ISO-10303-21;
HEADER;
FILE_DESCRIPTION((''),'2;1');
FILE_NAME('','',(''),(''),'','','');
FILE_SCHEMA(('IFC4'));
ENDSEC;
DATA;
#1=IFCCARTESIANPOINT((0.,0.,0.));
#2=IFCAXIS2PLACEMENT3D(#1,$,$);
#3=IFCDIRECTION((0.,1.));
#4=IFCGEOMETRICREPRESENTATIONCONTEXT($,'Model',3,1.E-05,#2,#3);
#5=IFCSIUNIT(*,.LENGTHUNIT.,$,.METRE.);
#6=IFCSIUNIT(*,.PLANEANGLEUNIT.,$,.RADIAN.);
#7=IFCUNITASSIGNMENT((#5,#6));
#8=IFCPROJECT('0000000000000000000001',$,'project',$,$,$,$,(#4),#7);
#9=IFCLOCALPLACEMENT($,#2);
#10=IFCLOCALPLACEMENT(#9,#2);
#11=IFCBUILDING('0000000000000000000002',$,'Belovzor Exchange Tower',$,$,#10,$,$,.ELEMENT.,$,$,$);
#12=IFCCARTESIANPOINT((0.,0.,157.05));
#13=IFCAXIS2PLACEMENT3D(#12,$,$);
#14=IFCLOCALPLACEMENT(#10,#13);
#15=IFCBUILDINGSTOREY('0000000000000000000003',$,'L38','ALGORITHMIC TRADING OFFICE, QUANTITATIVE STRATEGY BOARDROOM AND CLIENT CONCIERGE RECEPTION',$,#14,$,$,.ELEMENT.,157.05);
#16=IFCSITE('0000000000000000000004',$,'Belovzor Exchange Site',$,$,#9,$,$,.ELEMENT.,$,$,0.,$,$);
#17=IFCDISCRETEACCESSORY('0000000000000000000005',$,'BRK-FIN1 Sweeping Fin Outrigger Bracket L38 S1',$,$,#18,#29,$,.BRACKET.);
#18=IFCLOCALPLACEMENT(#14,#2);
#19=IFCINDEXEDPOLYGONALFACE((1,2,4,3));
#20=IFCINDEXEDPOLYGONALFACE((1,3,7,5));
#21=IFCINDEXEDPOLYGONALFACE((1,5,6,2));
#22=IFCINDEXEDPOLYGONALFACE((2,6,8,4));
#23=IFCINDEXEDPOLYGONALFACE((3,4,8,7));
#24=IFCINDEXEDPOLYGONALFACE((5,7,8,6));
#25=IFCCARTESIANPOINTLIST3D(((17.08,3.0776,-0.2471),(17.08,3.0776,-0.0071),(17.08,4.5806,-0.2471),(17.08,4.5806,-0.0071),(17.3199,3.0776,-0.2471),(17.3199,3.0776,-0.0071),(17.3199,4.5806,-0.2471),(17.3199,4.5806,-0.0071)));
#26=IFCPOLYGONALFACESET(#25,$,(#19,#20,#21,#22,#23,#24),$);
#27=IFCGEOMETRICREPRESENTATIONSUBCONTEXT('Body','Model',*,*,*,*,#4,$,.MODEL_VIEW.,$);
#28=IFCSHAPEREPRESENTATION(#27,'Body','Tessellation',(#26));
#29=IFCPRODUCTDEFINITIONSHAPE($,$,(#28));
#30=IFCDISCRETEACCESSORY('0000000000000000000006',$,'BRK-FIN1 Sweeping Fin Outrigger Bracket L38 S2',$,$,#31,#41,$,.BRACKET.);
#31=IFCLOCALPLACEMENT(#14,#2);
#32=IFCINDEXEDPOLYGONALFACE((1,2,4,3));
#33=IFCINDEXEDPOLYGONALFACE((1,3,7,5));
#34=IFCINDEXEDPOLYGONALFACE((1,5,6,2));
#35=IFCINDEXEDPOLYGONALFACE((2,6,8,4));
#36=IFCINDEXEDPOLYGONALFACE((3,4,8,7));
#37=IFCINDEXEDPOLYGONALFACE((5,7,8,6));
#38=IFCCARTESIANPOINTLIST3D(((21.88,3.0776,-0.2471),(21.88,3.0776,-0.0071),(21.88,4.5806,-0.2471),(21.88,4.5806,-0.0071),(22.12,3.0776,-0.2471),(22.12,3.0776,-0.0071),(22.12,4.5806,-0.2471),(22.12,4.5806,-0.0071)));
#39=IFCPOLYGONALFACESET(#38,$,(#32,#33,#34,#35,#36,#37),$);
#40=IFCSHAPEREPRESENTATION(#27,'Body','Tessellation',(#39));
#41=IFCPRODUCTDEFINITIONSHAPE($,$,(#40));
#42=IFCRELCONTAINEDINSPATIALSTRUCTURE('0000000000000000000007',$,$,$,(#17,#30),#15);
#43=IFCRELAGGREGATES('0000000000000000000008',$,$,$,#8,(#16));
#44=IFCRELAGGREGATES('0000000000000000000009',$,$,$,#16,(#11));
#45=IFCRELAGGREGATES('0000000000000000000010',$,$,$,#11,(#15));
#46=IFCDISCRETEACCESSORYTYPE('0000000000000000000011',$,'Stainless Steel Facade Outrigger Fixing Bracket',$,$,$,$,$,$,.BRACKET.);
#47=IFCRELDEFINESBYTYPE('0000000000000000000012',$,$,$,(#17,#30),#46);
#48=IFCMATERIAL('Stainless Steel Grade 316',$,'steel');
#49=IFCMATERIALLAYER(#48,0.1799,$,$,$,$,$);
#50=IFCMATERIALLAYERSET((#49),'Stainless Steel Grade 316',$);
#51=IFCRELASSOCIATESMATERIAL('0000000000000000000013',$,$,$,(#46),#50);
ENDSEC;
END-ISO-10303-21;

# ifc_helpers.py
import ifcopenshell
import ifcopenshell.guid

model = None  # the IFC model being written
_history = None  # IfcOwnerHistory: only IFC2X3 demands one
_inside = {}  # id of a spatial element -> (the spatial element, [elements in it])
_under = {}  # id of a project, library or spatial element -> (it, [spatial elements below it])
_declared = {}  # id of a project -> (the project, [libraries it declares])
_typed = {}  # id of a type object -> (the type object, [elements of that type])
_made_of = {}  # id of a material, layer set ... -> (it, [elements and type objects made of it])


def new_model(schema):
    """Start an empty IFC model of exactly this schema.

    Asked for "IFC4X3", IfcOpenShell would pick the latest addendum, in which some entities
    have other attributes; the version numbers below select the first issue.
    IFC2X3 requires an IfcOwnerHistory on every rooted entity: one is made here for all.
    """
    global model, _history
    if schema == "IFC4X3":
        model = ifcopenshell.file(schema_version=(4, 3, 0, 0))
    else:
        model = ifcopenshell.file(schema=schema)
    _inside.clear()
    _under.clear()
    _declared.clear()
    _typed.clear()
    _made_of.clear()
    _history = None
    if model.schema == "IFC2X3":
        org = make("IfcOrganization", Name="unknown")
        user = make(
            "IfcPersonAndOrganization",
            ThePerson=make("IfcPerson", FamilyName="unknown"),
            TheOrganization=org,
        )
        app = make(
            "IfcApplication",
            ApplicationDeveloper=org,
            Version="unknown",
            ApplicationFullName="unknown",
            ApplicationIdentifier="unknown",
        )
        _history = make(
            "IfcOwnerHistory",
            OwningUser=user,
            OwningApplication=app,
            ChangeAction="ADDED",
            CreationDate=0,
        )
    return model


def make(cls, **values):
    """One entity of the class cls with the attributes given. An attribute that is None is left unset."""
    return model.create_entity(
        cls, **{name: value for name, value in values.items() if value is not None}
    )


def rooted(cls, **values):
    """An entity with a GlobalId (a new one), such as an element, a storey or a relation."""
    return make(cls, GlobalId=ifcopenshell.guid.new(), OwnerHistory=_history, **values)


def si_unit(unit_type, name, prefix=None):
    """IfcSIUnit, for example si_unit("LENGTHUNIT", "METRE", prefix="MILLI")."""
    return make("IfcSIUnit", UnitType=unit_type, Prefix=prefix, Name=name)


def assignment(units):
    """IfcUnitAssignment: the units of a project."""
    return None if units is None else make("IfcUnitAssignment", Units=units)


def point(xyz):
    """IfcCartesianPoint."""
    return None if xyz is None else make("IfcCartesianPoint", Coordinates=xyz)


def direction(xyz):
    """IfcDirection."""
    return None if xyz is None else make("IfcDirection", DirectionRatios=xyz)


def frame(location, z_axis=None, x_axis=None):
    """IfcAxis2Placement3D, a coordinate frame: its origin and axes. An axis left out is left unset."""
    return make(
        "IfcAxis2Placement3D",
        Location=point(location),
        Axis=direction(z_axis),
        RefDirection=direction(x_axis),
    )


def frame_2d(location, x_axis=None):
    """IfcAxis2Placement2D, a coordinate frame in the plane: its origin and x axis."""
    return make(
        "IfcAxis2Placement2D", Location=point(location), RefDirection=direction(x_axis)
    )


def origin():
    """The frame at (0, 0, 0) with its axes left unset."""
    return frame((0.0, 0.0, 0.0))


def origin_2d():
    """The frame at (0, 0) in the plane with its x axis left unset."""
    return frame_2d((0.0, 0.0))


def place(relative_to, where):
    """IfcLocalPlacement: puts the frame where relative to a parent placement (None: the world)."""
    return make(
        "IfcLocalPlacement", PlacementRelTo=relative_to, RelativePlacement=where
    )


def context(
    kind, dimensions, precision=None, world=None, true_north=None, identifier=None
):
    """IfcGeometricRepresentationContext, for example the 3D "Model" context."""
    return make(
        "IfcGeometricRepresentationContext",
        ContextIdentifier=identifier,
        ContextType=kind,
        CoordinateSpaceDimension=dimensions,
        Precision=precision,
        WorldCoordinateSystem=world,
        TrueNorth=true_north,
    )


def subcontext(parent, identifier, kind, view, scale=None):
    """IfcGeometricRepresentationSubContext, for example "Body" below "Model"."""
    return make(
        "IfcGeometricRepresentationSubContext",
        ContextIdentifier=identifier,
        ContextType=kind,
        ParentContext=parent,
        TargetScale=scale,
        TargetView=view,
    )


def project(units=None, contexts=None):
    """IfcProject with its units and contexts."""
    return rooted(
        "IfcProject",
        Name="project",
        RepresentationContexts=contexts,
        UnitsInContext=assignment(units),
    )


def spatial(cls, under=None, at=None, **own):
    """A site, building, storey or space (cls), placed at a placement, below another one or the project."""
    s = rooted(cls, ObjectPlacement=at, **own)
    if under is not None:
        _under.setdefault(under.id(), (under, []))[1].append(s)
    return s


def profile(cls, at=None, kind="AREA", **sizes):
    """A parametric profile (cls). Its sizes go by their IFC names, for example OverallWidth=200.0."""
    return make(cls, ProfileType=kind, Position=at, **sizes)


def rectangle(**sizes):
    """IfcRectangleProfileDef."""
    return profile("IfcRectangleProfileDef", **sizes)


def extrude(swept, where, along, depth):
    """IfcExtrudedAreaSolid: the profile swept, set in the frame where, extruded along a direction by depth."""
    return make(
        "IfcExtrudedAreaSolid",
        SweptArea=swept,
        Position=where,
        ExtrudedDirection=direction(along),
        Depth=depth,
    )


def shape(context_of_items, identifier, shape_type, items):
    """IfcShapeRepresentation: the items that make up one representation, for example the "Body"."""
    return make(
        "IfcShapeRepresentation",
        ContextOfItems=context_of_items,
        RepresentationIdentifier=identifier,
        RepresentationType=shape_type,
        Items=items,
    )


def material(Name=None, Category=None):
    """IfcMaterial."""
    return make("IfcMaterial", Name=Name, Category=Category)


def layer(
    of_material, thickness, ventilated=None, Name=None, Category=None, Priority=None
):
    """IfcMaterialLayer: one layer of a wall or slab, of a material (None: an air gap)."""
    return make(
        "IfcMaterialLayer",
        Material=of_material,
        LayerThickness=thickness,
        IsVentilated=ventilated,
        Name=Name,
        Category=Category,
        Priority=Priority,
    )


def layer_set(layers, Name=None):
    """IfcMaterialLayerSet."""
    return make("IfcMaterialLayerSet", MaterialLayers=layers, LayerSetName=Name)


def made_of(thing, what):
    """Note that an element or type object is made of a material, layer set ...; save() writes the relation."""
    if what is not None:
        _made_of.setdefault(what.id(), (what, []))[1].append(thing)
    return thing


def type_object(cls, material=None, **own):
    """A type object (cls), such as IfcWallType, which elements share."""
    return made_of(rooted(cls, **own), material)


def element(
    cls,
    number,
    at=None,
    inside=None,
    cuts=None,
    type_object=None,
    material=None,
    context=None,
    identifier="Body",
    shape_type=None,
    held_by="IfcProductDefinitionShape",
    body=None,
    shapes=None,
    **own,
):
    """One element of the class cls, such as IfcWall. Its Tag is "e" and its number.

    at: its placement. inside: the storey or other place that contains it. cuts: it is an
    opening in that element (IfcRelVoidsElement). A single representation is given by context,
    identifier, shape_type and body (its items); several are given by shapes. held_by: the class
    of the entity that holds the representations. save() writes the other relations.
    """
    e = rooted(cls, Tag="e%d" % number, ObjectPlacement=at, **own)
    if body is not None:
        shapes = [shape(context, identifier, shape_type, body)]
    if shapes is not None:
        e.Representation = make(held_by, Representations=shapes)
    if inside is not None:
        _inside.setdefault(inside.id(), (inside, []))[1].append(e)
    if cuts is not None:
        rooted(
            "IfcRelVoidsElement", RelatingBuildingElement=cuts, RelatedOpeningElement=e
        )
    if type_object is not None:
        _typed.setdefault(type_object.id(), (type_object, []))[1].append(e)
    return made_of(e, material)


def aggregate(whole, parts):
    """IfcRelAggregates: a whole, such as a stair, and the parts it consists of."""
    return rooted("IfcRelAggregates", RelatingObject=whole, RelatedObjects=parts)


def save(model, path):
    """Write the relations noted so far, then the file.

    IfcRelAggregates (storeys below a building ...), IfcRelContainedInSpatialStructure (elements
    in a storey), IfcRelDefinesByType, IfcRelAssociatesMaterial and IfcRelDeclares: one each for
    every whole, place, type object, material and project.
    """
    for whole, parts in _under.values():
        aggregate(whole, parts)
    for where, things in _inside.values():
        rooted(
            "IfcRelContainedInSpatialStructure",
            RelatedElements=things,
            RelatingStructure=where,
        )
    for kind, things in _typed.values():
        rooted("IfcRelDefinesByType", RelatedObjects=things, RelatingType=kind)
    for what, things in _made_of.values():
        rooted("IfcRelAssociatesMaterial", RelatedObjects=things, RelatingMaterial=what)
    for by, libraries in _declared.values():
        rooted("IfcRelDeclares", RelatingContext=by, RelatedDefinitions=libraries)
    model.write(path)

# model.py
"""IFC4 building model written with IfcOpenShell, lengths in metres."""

from ifc_helpers import new_model, si_unit, direction, frame, origin, origin_2d, place, context, subcontext, project, spatial, rectangle, extrude, material, layer, layer_set, type_object, element, save


model = new_model("IFC4")

# Units and contexts
model_context = context("Model", 3, precision=1e-05, world=origin(), true_north=direction((0.0, 1.0)))
body_context = subcontext(model_context, "Body", "Model", "MODEL_VIEW")
ifc_project = project(units=[si_unit("LENGTHUNIT", "METRE"), si_unit("PLANEANGLEUNIT", "RADIAN")], contexts=[model_context])

# Site, building, storey
site_placement = place(None, origin())
site = spatial("IfcSite", under=ifc_project, at=site_placement, Name="Belovzor Exchange Site", CompositionType="ELEMENT", RefElevation=0.0)
building_placement = place(site_placement, origin())
building = spatial("IfcBuilding", under=site, at=building_placement, Name="Belovzor Exchange Tower", CompositionType="ELEMENT")
storey_placement = place(building_placement, frame((0.0, 0.0, 157.05)))
storey = spatial("IfcBuildingStorey", under=building, at=storey_placement, Name="L38", Description="ALGORITHMIC TRADING OFFICE, QUANTITATIVE STRATEGY BOARDROOM AND CLIENT CONCIERGE RECEPTION", CompositionType="ELEMENT", Elevation=157.05)

# Discrete accessories
ifc_material_1 = material(Name="Stainless Steel Grade 316", Category="steel")
ifc_layer_1 = layer(ifc_material_1, 0.1799)
ifc_layer_set_1 = layer_set([ifc_layer_1], Name="Stainless Steel Grade 316")
discrete_accessory_type = type_object("IfcDiscreteAccessoryType", Name="Stainless Steel Facade Outrigger Fixing Bracket", PredefinedType="BRACKET", material=ifc_layer_set_1)
for number, where, z_axis, x_axis, name in (
    (1, (17.2, 3.8291, -0.2471), (0.0, 0.0, 1.0), (0.0, 1.0, 0.0), "BRK-FIN1 Sweeping Fin Outrigger Bracket L38 S1"),
    (2, (22.0, 3.8291, -0.2471), (0.0, 0.0, 1.0), (0.0, 1.0, 0.0), "BRK-FIN1 Sweeping Fin Outrigger Bracket L38 S2"),
):
    element("IfcDiscreteAccessory", number, at=place(storey_placement, frame(where, z_axis=z_axis, x_axis=x_axis)), inside=storey, type_object=discrete_accessory_type, Name=name, PredefinedType="BRACKET", context=body_context, shape_type="SweptSolid", body=[
        extrude(rectangle(XDim=1.5029, YDim=0.24, at=origin_2d()), origin(), (0.0, 0.0, 1.0), 0.24),
    ])

save(model, "model.ifc")
